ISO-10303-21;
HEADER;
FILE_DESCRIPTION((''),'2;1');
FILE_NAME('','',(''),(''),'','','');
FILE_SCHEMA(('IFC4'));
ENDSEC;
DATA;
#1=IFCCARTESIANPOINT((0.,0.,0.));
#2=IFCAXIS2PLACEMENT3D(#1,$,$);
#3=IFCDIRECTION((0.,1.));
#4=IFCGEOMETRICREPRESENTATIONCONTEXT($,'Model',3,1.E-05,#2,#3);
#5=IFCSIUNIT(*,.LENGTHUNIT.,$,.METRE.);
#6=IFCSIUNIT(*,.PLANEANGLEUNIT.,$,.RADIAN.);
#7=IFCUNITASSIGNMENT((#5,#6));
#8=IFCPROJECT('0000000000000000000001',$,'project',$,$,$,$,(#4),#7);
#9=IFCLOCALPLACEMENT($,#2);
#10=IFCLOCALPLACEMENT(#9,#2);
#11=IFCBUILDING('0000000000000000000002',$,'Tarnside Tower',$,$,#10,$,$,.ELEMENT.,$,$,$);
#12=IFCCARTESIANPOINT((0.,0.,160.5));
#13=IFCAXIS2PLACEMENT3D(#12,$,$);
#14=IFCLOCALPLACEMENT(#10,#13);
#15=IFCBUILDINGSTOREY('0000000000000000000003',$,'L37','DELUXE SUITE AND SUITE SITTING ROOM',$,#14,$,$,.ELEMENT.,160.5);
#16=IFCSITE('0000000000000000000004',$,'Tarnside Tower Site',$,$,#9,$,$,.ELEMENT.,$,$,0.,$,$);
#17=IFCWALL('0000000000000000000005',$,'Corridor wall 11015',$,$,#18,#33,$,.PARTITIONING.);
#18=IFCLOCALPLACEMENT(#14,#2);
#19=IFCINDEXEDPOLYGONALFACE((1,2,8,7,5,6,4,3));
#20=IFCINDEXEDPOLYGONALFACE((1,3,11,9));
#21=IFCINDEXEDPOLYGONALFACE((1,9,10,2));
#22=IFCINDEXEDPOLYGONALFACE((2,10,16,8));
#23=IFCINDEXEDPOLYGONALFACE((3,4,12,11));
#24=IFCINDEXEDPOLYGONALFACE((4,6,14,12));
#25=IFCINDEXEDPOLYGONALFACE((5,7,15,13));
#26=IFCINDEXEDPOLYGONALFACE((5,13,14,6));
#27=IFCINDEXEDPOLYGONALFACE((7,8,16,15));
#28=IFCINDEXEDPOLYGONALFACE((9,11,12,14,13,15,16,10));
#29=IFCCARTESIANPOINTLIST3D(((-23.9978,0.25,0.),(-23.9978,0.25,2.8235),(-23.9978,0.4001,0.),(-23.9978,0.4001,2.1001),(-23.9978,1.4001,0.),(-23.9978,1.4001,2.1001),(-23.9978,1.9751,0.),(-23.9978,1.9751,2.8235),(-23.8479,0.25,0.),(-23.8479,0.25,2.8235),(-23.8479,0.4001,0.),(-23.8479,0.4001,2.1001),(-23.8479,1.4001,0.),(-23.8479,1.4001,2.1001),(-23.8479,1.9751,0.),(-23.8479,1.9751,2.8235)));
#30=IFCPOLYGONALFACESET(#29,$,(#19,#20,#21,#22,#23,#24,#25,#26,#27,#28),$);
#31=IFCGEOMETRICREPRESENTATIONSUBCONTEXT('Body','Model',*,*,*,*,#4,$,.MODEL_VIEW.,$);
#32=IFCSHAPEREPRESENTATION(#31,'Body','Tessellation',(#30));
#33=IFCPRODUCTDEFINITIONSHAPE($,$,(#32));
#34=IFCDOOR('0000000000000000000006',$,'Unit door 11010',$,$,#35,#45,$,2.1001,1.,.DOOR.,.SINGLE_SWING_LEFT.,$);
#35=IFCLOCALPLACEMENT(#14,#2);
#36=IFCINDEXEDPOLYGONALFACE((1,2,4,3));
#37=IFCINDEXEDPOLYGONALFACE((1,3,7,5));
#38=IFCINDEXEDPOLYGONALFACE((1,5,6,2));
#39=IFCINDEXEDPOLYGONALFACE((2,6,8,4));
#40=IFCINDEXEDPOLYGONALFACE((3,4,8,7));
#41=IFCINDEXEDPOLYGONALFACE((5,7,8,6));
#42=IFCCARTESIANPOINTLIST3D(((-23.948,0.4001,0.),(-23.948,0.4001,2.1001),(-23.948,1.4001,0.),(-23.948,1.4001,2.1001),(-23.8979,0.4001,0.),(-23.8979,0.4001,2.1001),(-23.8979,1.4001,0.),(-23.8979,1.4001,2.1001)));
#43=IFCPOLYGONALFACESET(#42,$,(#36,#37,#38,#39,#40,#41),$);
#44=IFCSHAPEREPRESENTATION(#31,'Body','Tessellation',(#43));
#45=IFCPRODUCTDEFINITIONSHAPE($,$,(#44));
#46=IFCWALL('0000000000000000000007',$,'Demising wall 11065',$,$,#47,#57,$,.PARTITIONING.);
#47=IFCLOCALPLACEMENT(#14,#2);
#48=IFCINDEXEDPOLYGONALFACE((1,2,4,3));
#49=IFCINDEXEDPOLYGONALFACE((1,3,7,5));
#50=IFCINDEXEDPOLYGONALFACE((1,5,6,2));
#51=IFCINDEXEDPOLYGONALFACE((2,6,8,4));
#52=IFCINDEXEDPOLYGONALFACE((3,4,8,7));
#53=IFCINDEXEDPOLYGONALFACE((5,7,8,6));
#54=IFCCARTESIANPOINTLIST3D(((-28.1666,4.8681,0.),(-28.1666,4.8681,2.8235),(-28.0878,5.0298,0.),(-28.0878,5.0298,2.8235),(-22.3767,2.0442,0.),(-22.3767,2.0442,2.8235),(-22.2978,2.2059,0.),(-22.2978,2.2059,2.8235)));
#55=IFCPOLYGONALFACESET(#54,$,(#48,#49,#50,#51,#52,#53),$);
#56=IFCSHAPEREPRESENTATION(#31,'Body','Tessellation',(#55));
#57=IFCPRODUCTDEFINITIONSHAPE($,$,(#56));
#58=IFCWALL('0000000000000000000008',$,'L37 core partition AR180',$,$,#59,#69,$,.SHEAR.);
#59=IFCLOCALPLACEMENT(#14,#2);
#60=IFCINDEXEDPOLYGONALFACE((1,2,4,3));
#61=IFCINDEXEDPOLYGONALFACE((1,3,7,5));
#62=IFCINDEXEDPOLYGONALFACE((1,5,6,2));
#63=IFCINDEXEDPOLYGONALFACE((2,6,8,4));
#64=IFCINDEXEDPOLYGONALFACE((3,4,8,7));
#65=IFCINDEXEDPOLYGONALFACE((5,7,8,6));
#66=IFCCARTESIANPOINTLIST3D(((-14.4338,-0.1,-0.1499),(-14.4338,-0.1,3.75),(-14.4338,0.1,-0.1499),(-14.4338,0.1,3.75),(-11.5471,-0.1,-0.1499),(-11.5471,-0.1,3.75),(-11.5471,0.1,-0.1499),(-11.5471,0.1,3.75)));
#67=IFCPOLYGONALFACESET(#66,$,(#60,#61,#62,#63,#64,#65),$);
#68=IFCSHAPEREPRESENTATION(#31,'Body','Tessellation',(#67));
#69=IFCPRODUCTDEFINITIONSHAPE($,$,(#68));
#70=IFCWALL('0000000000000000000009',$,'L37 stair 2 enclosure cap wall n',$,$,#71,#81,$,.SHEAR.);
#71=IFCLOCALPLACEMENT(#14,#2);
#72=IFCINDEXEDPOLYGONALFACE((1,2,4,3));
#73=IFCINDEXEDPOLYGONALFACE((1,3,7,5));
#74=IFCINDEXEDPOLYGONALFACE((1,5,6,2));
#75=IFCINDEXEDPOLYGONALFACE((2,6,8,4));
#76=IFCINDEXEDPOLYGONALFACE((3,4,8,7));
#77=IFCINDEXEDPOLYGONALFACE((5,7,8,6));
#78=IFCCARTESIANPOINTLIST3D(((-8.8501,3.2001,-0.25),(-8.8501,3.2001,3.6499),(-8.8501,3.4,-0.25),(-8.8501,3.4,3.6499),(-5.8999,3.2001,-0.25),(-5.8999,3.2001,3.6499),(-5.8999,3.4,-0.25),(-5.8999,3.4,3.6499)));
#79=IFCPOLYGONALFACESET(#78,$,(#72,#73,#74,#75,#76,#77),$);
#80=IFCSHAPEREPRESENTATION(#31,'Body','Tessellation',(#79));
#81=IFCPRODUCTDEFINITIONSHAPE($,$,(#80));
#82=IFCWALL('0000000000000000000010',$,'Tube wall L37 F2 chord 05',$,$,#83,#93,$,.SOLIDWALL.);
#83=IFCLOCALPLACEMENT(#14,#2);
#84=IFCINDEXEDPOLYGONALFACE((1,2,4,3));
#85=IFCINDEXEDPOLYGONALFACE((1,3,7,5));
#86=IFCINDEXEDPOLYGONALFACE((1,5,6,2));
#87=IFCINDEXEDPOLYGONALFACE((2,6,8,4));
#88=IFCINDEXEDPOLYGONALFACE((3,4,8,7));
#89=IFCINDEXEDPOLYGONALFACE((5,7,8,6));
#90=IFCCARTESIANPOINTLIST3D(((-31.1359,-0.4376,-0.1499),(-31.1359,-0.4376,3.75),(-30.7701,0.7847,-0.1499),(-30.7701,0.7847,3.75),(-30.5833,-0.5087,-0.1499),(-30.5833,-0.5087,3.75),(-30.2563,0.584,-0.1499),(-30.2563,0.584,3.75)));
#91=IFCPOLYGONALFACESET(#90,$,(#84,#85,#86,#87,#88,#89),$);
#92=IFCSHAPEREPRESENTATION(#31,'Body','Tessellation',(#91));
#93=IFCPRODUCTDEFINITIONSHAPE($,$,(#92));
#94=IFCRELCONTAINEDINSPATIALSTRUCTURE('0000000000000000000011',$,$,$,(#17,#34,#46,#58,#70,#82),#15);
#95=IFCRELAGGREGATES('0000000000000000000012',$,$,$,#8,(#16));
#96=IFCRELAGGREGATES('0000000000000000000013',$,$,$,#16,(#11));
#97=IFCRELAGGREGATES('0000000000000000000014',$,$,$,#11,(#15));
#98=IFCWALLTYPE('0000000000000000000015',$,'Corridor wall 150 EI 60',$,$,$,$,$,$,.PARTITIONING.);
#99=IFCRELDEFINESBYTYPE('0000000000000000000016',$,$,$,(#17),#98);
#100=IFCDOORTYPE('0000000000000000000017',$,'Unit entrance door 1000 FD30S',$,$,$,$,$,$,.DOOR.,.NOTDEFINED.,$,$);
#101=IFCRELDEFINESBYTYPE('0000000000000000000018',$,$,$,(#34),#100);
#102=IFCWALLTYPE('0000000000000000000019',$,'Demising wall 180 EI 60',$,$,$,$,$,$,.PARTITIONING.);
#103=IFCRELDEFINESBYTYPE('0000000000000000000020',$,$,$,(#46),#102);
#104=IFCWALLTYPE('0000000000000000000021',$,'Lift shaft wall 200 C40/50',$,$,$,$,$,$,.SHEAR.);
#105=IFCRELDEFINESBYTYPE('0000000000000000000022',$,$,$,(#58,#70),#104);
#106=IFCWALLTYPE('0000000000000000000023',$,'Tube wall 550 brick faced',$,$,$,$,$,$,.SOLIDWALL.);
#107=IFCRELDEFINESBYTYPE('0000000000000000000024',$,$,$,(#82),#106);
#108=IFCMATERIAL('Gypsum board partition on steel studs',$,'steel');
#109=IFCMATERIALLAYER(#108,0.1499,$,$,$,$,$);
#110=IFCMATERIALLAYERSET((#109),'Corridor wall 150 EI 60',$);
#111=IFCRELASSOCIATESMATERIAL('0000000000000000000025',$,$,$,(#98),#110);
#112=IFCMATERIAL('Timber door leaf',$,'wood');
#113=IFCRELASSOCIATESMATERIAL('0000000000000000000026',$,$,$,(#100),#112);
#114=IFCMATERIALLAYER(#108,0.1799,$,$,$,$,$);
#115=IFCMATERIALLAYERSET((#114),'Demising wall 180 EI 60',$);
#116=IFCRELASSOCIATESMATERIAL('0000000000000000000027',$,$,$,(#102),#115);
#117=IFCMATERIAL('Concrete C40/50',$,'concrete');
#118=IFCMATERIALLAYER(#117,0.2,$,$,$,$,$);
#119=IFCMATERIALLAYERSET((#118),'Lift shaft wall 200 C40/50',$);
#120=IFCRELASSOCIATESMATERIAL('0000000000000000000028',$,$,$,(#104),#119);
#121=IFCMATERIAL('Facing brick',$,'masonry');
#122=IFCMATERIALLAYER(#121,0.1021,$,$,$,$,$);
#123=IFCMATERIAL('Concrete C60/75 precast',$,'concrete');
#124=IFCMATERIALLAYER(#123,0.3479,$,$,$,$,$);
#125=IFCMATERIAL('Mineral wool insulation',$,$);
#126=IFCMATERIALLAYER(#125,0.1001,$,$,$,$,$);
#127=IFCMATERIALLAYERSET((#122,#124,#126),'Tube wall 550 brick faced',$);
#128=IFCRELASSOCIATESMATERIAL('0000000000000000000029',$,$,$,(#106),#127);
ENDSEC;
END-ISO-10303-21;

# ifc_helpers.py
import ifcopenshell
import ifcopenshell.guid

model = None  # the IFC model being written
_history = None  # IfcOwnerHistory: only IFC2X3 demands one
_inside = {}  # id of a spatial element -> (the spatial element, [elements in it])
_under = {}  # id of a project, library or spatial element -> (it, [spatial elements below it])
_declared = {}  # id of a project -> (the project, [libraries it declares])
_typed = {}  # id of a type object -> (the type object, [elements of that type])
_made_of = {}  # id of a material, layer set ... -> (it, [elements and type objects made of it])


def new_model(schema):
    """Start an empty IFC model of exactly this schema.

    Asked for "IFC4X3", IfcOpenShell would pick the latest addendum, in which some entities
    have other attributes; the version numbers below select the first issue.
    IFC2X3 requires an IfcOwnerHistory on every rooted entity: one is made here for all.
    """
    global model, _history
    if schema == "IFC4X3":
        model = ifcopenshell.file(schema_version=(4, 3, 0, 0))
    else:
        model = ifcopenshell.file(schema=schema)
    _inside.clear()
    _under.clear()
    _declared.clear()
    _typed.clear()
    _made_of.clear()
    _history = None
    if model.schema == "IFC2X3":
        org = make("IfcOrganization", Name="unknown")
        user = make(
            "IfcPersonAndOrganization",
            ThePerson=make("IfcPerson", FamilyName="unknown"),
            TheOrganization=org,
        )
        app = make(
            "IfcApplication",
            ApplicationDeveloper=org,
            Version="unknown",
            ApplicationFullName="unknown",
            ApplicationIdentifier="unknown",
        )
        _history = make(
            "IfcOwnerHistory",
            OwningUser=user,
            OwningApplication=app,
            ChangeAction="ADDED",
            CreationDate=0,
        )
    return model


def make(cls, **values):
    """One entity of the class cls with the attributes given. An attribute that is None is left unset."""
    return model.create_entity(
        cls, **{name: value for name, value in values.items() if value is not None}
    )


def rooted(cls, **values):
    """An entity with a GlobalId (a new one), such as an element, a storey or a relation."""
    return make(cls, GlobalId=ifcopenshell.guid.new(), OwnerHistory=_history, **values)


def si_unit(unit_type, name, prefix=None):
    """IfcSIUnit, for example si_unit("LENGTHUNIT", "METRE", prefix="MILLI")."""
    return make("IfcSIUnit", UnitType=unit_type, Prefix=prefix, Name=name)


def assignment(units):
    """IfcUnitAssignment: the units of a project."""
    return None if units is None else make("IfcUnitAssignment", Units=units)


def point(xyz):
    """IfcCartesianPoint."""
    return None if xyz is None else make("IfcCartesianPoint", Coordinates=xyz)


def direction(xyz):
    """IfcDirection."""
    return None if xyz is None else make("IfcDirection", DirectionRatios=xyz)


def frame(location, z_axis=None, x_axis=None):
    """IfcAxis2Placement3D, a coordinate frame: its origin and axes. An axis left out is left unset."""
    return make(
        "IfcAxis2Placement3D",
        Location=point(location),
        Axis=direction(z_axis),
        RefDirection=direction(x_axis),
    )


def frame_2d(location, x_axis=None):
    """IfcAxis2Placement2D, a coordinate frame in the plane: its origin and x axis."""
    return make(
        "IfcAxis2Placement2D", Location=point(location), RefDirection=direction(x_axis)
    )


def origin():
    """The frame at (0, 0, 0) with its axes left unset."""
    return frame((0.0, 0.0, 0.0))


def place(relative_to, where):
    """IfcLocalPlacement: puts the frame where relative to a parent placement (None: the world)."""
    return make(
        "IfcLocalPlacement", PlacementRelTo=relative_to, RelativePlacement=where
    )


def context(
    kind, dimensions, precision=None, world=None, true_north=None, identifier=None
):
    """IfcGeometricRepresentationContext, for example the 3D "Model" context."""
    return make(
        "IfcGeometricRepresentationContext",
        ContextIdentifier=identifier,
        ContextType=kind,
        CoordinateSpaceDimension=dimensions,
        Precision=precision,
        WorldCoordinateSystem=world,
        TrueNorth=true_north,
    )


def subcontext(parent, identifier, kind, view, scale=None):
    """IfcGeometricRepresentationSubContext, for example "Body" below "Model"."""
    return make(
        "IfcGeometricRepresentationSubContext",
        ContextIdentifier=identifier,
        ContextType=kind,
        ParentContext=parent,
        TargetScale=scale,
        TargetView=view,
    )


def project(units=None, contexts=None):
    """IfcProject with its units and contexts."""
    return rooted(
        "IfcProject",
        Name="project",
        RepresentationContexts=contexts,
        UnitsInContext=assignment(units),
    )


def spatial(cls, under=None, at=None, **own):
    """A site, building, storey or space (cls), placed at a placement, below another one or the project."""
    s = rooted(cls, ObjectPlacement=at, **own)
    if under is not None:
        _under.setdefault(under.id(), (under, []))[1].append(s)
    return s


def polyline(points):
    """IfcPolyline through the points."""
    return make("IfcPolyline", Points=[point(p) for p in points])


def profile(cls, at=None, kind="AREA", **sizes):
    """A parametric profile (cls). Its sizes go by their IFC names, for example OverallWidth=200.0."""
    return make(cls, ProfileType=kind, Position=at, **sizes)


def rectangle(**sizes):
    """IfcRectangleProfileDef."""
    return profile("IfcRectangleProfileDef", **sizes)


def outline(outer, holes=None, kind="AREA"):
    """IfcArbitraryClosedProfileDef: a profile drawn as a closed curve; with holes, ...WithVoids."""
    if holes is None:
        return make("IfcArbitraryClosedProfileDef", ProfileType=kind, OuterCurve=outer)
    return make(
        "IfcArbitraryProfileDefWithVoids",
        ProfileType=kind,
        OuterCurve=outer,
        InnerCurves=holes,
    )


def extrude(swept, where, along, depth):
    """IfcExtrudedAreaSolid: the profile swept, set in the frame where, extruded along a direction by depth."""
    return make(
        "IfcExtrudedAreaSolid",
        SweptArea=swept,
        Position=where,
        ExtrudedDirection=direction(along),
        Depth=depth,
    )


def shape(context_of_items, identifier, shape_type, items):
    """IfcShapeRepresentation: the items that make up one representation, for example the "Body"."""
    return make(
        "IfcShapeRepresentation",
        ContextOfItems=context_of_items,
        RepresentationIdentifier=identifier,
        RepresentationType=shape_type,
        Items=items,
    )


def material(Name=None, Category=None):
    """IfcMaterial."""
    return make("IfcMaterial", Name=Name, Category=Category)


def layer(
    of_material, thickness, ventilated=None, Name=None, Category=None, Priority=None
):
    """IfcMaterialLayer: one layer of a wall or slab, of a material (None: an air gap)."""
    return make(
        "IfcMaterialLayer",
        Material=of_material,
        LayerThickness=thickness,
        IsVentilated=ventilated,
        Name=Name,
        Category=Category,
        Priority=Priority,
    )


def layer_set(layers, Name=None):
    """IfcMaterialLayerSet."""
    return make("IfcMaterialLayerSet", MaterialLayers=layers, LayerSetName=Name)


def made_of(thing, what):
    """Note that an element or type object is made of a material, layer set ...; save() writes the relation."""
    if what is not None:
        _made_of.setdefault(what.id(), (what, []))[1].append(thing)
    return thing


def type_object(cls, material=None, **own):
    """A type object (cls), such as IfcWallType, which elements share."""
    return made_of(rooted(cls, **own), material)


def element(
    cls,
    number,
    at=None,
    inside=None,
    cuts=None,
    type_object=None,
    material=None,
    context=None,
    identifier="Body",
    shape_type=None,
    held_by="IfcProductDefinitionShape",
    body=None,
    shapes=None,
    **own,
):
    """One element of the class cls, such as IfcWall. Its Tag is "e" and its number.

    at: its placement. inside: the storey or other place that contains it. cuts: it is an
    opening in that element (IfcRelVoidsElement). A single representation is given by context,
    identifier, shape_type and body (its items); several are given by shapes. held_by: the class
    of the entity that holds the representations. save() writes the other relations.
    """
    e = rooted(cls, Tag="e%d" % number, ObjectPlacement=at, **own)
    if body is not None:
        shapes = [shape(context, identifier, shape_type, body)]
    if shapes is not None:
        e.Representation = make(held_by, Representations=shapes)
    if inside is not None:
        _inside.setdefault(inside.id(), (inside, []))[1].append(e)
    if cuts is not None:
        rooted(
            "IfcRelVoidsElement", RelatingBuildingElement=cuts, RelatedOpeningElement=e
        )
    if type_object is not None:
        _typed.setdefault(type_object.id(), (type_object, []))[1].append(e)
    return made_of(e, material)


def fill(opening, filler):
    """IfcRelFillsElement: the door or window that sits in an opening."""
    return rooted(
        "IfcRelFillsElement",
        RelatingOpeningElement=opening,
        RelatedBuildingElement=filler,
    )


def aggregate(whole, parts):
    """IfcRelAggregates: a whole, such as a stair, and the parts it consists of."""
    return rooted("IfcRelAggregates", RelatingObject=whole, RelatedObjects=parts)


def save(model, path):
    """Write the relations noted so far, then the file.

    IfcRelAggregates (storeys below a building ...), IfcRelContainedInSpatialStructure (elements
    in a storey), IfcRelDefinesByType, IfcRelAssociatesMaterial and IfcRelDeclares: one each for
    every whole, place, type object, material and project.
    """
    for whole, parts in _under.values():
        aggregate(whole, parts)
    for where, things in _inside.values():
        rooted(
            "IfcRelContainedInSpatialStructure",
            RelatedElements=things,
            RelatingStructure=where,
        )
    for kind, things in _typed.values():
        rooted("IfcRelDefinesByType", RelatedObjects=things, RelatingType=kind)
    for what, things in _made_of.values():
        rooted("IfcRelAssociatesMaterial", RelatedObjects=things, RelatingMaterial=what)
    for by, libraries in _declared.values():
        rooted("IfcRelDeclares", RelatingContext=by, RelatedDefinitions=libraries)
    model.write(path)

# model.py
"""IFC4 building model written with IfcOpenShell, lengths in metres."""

from ifc_helpers import new_model, si_unit, direction, frame, frame_2d, origin, place, context, subcontext, project, spatial, polyline, rectangle, outline, extrude, material, layer, layer_set, type_object, element, fill, save


model = new_model("IFC4")

# Units and contexts
model_context = context("Model", 3, precision=1e-05, world=origin(), true_north=direction((0.0, 1.0)))
body_context = subcontext(model_context, "Body", "Model", "MODEL_VIEW")
ifc_project = project(units=[si_unit("LENGTHUNIT", "METRE"), si_unit("PLANEANGLEUNIT", "RADIAN")], contexts=[model_context])

# Site, building, storey
site_placement = place(None, origin())
site = spatial("IfcSite", under=ifc_project, at=site_placement, Name="Tarnside Tower Site", CompositionType="ELEMENT", RefElevation=0.0)
building_placement = place(site_placement, origin())
building = spatial("IfcBuilding", under=site, at=building_placement, Name="Tarnside Tower", CompositionType="ELEMENT")
storey_placement = place(building_placement, frame((0.0, 0.0, 160.5)))
storey = spatial("IfcBuildingStorey", under=building, at=storey_placement, Name="L37", Description="DELUXE SUITE AND SUITE SITTING ROOM", CompositionType="ELEMENT", Elevation=160.5)

# Shared definitions
ifc_material_1 = material(Name="Gypsum board partition on steel studs", Category="steel")
ifc_material_2 = material(Name="Timber door leaf", Category="wood")

# Shared definitions
ifc_layer_1 = layer(ifc_material_1, 0.1499)
ifc_layer_set_1 = layer_set([ifc_layer_1], Name="Corridor wall 150 EI 60")
wall_type_1 = type_object("IfcWallType", Name="Corridor wall 150 EI 60", PredefinedType="PARTITIONING", material=ifc_layer_set_1)

# Wall, opening, door
wall_1_placement = place(storey_placement, frame((-23.9229, 1.9751, 0.0), z_axis=(0.0, 0.0, 1.0), x_axis=(0.0, -1.0, 0.0)))
wall_1 = element("IfcWall", 1, at=wall_1_placement, inside=storey, type_object=wall_type_1, Name="Corridor wall 11015", PredefinedType="PARTITIONING", context=body_context, shape_type="SweptSolid", body=[
    extrude(rectangle(XDim=1.7251, YDim=0.1499, at=frame_2d((0.8625, 0.0))), origin(), (0.0, 0.0, 1.0), 2.8235),
])
opening_1_placement = place(wall_1_placement, frame((0.575, 0.0, 0.0)))
opening_1 = element("IfcOpeningElement", 2, at=opening_1_placement, cuts=wall_1, PredefinedType="OPENING", context=body_context, shape_type="SweptSolid", body=[
    extrude(rectangle(XDim=1.0, YDim=2.1001, at=frame_2d((0.5, 1.05))), frame((0.0, 0.085, 0.0), z_axis=(0.0, -1.0, 0.0), x_axis=(1.0, 0.0, 0.0)), (0.0, 0.0, 1.0), 0.1699),
])
door_type_1 = type_object("IfcDoorType", Name="Unit entrance door 1000 FD30S", OperationType="NOTDEFINED", PredefinedType="DOOR", material=ifc_material_2)
door_1_placement = place(opening_1_placement, origin())
door_1 = element("IfcDoor", 3, at=door_1_placement, inside=storey, type_object=door_type_1, Name="Unit door 11010", OperationType="SINGLE_SWING_LEFT", OverallHeight=2.1001, OverallWidth=1.0, PredefinedType="DOOR", context=body_context, shape_type="SweptSolid", body=[
    extrude(rectangle(XDim=1.0, YDim=2.1001, at=frame_2d((0.5, 1.05))), frame((0.0, 0.0249, 0.0), z_axis=(0.0, -1.0, 0.0), x_axis=(1.0, 0.0, 0.0)), (0.0, 0.0, 1.0), 0.05),
])
fill(opening_1, door_1)

# Walls
ifc_layer_2 = layer(ifc_material_1, 0.1799)
ifc_layer_set_2 = layer_set([ifc_layer_2], Name="Demising wall 180 EI 60")
wall_type_2 = type_object("IfcWallType", Name="Demising wall 180 EI 60", PredefinedType="PARTITIONING", material=ifc_layer_set_2)
wall_2_placement = place(storey_placement, frame((-28.1272, 4.949, 0.0), z_axis=(0.0, 0.0, 1.0), x_axis=(0.898795, -0.438369, 0.0)))
element("IfcWall", 4, at=wall_2_placement, inside=storey, type_object=wall_type_2, Name="Demising wall 11065", PredefinedType="PARTITIONING", context=body_context, shape_type="SweptSolid", body=[
    extrude(rectangle(XDim=6.4419, YDim=0.1799, at=frame_2d((3.2209, 0.0))), origin(), (0.0, 0.0, 1.0), 2.8235),
])
ifc_material_3 = material(Name="Concrete C40/50", Category="concrete")
ifc_layer_3 = layer(ifc_material_3, 0.2)
ifc_layer_set_3 = layer_set([ifc_layer_3], Name="Lift shaft wall 200 C40/50")
wall_type_3 = type_object("IfcWallType", Name="Lift shaft wall 200 C40/50", PredefinedType="SHEAR", material=ifc_layer_set_3)
wall_3_placement = place(storey_placement, frame((-11.5471, 0.0, -0.1499), z_axis=(0.0, 0.0, 1.0), x_axis=(-1.0, 0.0, 0.0)))
element("IfcWall", 5, at=wall_3_placement, inside=storey, type_object=wall_type_3, Name="L37 core partition AR180", PredefinedType="SHEAR", context=body_context, shape_type="SweptSolid", body=[
    extrude(rectangle(XDim=2.8867, YDim=0.2, at=frame_2d((1.4434, 0.0))), origin(), (0.0, 0.0, 1.0), 3.8999),
])
wall_4_placement = place(storey_placement, frame((-8.8501, 3.3, -0.25), z_axis=(0.0, 0.0, 1.0), x_axis=(1.0, 0.0, 0.0)))
element("IfcWall", 6, at=wall_4_placement, inside=storey, type_object=wall_type_3, Name="L37 stair 2 enclosure cap wall n", PredefinedType="SHEAR", context=body_context, shape_type="SweptSolid", body=[
    extrude(rectangle(XDim=2.9502, YDim=0.2, at=frame_2d((1.4751, 0.0))), origin(), (0.0, 0.0, 1.0), 3.8999),
])
ifc_material_4 = material(Name="Facing brick", Category="masonry")
ifc_layer_4 = layer(ifc_material_4, 0.1021)
ifc_material_5 = material(Name="Concrete C60/75 precast", Category="concrete")
ifc_layer_5 = layer(ifc_material_5, 0.3479)
ifc_material_6 = material(Name="Mineral wool insulation")
ifc_layer_6 = layer(ifc_material_6, 0.1001)
ifc_layer_set_4 = layer_set([ifc_layer_4, ifc_layer_5, ifc_layer_6], Name="Tube wall 550 brick faced")
wall_type_4 = type_object("IfcWallType", Name="Tube wall 550 brick faced", PredefinedType="SOLIDWALL", material=ifc_layer_set_4)
wall_5_placement = place(storey_placement, frame((-30.5132, 0.6843, -0.1499), z_axis=(0.0, 0.0, 1.0), x_axis=(-0.286736, -0.95801, 0.0)))
element("IfcWall", 7, at=wall_5_placement, inside=storey, type_object=wall_type_4, Name="Tube wall L37 F2 chord 05", PredefinedType="SOLIDWALL", context=body_context, shape_type="SweptSolid", body=[
    extrude(outline(polyline([(-0.0225, -0.2749), (1.2534, -0.2749), (1.1631, 0.2749), (0.0225, 0.2749), (-0.0225, -0.2749)])), origin(), (0.0, 0.0, 1.0), 3.8999),
])

save(model, "model.ifc")
